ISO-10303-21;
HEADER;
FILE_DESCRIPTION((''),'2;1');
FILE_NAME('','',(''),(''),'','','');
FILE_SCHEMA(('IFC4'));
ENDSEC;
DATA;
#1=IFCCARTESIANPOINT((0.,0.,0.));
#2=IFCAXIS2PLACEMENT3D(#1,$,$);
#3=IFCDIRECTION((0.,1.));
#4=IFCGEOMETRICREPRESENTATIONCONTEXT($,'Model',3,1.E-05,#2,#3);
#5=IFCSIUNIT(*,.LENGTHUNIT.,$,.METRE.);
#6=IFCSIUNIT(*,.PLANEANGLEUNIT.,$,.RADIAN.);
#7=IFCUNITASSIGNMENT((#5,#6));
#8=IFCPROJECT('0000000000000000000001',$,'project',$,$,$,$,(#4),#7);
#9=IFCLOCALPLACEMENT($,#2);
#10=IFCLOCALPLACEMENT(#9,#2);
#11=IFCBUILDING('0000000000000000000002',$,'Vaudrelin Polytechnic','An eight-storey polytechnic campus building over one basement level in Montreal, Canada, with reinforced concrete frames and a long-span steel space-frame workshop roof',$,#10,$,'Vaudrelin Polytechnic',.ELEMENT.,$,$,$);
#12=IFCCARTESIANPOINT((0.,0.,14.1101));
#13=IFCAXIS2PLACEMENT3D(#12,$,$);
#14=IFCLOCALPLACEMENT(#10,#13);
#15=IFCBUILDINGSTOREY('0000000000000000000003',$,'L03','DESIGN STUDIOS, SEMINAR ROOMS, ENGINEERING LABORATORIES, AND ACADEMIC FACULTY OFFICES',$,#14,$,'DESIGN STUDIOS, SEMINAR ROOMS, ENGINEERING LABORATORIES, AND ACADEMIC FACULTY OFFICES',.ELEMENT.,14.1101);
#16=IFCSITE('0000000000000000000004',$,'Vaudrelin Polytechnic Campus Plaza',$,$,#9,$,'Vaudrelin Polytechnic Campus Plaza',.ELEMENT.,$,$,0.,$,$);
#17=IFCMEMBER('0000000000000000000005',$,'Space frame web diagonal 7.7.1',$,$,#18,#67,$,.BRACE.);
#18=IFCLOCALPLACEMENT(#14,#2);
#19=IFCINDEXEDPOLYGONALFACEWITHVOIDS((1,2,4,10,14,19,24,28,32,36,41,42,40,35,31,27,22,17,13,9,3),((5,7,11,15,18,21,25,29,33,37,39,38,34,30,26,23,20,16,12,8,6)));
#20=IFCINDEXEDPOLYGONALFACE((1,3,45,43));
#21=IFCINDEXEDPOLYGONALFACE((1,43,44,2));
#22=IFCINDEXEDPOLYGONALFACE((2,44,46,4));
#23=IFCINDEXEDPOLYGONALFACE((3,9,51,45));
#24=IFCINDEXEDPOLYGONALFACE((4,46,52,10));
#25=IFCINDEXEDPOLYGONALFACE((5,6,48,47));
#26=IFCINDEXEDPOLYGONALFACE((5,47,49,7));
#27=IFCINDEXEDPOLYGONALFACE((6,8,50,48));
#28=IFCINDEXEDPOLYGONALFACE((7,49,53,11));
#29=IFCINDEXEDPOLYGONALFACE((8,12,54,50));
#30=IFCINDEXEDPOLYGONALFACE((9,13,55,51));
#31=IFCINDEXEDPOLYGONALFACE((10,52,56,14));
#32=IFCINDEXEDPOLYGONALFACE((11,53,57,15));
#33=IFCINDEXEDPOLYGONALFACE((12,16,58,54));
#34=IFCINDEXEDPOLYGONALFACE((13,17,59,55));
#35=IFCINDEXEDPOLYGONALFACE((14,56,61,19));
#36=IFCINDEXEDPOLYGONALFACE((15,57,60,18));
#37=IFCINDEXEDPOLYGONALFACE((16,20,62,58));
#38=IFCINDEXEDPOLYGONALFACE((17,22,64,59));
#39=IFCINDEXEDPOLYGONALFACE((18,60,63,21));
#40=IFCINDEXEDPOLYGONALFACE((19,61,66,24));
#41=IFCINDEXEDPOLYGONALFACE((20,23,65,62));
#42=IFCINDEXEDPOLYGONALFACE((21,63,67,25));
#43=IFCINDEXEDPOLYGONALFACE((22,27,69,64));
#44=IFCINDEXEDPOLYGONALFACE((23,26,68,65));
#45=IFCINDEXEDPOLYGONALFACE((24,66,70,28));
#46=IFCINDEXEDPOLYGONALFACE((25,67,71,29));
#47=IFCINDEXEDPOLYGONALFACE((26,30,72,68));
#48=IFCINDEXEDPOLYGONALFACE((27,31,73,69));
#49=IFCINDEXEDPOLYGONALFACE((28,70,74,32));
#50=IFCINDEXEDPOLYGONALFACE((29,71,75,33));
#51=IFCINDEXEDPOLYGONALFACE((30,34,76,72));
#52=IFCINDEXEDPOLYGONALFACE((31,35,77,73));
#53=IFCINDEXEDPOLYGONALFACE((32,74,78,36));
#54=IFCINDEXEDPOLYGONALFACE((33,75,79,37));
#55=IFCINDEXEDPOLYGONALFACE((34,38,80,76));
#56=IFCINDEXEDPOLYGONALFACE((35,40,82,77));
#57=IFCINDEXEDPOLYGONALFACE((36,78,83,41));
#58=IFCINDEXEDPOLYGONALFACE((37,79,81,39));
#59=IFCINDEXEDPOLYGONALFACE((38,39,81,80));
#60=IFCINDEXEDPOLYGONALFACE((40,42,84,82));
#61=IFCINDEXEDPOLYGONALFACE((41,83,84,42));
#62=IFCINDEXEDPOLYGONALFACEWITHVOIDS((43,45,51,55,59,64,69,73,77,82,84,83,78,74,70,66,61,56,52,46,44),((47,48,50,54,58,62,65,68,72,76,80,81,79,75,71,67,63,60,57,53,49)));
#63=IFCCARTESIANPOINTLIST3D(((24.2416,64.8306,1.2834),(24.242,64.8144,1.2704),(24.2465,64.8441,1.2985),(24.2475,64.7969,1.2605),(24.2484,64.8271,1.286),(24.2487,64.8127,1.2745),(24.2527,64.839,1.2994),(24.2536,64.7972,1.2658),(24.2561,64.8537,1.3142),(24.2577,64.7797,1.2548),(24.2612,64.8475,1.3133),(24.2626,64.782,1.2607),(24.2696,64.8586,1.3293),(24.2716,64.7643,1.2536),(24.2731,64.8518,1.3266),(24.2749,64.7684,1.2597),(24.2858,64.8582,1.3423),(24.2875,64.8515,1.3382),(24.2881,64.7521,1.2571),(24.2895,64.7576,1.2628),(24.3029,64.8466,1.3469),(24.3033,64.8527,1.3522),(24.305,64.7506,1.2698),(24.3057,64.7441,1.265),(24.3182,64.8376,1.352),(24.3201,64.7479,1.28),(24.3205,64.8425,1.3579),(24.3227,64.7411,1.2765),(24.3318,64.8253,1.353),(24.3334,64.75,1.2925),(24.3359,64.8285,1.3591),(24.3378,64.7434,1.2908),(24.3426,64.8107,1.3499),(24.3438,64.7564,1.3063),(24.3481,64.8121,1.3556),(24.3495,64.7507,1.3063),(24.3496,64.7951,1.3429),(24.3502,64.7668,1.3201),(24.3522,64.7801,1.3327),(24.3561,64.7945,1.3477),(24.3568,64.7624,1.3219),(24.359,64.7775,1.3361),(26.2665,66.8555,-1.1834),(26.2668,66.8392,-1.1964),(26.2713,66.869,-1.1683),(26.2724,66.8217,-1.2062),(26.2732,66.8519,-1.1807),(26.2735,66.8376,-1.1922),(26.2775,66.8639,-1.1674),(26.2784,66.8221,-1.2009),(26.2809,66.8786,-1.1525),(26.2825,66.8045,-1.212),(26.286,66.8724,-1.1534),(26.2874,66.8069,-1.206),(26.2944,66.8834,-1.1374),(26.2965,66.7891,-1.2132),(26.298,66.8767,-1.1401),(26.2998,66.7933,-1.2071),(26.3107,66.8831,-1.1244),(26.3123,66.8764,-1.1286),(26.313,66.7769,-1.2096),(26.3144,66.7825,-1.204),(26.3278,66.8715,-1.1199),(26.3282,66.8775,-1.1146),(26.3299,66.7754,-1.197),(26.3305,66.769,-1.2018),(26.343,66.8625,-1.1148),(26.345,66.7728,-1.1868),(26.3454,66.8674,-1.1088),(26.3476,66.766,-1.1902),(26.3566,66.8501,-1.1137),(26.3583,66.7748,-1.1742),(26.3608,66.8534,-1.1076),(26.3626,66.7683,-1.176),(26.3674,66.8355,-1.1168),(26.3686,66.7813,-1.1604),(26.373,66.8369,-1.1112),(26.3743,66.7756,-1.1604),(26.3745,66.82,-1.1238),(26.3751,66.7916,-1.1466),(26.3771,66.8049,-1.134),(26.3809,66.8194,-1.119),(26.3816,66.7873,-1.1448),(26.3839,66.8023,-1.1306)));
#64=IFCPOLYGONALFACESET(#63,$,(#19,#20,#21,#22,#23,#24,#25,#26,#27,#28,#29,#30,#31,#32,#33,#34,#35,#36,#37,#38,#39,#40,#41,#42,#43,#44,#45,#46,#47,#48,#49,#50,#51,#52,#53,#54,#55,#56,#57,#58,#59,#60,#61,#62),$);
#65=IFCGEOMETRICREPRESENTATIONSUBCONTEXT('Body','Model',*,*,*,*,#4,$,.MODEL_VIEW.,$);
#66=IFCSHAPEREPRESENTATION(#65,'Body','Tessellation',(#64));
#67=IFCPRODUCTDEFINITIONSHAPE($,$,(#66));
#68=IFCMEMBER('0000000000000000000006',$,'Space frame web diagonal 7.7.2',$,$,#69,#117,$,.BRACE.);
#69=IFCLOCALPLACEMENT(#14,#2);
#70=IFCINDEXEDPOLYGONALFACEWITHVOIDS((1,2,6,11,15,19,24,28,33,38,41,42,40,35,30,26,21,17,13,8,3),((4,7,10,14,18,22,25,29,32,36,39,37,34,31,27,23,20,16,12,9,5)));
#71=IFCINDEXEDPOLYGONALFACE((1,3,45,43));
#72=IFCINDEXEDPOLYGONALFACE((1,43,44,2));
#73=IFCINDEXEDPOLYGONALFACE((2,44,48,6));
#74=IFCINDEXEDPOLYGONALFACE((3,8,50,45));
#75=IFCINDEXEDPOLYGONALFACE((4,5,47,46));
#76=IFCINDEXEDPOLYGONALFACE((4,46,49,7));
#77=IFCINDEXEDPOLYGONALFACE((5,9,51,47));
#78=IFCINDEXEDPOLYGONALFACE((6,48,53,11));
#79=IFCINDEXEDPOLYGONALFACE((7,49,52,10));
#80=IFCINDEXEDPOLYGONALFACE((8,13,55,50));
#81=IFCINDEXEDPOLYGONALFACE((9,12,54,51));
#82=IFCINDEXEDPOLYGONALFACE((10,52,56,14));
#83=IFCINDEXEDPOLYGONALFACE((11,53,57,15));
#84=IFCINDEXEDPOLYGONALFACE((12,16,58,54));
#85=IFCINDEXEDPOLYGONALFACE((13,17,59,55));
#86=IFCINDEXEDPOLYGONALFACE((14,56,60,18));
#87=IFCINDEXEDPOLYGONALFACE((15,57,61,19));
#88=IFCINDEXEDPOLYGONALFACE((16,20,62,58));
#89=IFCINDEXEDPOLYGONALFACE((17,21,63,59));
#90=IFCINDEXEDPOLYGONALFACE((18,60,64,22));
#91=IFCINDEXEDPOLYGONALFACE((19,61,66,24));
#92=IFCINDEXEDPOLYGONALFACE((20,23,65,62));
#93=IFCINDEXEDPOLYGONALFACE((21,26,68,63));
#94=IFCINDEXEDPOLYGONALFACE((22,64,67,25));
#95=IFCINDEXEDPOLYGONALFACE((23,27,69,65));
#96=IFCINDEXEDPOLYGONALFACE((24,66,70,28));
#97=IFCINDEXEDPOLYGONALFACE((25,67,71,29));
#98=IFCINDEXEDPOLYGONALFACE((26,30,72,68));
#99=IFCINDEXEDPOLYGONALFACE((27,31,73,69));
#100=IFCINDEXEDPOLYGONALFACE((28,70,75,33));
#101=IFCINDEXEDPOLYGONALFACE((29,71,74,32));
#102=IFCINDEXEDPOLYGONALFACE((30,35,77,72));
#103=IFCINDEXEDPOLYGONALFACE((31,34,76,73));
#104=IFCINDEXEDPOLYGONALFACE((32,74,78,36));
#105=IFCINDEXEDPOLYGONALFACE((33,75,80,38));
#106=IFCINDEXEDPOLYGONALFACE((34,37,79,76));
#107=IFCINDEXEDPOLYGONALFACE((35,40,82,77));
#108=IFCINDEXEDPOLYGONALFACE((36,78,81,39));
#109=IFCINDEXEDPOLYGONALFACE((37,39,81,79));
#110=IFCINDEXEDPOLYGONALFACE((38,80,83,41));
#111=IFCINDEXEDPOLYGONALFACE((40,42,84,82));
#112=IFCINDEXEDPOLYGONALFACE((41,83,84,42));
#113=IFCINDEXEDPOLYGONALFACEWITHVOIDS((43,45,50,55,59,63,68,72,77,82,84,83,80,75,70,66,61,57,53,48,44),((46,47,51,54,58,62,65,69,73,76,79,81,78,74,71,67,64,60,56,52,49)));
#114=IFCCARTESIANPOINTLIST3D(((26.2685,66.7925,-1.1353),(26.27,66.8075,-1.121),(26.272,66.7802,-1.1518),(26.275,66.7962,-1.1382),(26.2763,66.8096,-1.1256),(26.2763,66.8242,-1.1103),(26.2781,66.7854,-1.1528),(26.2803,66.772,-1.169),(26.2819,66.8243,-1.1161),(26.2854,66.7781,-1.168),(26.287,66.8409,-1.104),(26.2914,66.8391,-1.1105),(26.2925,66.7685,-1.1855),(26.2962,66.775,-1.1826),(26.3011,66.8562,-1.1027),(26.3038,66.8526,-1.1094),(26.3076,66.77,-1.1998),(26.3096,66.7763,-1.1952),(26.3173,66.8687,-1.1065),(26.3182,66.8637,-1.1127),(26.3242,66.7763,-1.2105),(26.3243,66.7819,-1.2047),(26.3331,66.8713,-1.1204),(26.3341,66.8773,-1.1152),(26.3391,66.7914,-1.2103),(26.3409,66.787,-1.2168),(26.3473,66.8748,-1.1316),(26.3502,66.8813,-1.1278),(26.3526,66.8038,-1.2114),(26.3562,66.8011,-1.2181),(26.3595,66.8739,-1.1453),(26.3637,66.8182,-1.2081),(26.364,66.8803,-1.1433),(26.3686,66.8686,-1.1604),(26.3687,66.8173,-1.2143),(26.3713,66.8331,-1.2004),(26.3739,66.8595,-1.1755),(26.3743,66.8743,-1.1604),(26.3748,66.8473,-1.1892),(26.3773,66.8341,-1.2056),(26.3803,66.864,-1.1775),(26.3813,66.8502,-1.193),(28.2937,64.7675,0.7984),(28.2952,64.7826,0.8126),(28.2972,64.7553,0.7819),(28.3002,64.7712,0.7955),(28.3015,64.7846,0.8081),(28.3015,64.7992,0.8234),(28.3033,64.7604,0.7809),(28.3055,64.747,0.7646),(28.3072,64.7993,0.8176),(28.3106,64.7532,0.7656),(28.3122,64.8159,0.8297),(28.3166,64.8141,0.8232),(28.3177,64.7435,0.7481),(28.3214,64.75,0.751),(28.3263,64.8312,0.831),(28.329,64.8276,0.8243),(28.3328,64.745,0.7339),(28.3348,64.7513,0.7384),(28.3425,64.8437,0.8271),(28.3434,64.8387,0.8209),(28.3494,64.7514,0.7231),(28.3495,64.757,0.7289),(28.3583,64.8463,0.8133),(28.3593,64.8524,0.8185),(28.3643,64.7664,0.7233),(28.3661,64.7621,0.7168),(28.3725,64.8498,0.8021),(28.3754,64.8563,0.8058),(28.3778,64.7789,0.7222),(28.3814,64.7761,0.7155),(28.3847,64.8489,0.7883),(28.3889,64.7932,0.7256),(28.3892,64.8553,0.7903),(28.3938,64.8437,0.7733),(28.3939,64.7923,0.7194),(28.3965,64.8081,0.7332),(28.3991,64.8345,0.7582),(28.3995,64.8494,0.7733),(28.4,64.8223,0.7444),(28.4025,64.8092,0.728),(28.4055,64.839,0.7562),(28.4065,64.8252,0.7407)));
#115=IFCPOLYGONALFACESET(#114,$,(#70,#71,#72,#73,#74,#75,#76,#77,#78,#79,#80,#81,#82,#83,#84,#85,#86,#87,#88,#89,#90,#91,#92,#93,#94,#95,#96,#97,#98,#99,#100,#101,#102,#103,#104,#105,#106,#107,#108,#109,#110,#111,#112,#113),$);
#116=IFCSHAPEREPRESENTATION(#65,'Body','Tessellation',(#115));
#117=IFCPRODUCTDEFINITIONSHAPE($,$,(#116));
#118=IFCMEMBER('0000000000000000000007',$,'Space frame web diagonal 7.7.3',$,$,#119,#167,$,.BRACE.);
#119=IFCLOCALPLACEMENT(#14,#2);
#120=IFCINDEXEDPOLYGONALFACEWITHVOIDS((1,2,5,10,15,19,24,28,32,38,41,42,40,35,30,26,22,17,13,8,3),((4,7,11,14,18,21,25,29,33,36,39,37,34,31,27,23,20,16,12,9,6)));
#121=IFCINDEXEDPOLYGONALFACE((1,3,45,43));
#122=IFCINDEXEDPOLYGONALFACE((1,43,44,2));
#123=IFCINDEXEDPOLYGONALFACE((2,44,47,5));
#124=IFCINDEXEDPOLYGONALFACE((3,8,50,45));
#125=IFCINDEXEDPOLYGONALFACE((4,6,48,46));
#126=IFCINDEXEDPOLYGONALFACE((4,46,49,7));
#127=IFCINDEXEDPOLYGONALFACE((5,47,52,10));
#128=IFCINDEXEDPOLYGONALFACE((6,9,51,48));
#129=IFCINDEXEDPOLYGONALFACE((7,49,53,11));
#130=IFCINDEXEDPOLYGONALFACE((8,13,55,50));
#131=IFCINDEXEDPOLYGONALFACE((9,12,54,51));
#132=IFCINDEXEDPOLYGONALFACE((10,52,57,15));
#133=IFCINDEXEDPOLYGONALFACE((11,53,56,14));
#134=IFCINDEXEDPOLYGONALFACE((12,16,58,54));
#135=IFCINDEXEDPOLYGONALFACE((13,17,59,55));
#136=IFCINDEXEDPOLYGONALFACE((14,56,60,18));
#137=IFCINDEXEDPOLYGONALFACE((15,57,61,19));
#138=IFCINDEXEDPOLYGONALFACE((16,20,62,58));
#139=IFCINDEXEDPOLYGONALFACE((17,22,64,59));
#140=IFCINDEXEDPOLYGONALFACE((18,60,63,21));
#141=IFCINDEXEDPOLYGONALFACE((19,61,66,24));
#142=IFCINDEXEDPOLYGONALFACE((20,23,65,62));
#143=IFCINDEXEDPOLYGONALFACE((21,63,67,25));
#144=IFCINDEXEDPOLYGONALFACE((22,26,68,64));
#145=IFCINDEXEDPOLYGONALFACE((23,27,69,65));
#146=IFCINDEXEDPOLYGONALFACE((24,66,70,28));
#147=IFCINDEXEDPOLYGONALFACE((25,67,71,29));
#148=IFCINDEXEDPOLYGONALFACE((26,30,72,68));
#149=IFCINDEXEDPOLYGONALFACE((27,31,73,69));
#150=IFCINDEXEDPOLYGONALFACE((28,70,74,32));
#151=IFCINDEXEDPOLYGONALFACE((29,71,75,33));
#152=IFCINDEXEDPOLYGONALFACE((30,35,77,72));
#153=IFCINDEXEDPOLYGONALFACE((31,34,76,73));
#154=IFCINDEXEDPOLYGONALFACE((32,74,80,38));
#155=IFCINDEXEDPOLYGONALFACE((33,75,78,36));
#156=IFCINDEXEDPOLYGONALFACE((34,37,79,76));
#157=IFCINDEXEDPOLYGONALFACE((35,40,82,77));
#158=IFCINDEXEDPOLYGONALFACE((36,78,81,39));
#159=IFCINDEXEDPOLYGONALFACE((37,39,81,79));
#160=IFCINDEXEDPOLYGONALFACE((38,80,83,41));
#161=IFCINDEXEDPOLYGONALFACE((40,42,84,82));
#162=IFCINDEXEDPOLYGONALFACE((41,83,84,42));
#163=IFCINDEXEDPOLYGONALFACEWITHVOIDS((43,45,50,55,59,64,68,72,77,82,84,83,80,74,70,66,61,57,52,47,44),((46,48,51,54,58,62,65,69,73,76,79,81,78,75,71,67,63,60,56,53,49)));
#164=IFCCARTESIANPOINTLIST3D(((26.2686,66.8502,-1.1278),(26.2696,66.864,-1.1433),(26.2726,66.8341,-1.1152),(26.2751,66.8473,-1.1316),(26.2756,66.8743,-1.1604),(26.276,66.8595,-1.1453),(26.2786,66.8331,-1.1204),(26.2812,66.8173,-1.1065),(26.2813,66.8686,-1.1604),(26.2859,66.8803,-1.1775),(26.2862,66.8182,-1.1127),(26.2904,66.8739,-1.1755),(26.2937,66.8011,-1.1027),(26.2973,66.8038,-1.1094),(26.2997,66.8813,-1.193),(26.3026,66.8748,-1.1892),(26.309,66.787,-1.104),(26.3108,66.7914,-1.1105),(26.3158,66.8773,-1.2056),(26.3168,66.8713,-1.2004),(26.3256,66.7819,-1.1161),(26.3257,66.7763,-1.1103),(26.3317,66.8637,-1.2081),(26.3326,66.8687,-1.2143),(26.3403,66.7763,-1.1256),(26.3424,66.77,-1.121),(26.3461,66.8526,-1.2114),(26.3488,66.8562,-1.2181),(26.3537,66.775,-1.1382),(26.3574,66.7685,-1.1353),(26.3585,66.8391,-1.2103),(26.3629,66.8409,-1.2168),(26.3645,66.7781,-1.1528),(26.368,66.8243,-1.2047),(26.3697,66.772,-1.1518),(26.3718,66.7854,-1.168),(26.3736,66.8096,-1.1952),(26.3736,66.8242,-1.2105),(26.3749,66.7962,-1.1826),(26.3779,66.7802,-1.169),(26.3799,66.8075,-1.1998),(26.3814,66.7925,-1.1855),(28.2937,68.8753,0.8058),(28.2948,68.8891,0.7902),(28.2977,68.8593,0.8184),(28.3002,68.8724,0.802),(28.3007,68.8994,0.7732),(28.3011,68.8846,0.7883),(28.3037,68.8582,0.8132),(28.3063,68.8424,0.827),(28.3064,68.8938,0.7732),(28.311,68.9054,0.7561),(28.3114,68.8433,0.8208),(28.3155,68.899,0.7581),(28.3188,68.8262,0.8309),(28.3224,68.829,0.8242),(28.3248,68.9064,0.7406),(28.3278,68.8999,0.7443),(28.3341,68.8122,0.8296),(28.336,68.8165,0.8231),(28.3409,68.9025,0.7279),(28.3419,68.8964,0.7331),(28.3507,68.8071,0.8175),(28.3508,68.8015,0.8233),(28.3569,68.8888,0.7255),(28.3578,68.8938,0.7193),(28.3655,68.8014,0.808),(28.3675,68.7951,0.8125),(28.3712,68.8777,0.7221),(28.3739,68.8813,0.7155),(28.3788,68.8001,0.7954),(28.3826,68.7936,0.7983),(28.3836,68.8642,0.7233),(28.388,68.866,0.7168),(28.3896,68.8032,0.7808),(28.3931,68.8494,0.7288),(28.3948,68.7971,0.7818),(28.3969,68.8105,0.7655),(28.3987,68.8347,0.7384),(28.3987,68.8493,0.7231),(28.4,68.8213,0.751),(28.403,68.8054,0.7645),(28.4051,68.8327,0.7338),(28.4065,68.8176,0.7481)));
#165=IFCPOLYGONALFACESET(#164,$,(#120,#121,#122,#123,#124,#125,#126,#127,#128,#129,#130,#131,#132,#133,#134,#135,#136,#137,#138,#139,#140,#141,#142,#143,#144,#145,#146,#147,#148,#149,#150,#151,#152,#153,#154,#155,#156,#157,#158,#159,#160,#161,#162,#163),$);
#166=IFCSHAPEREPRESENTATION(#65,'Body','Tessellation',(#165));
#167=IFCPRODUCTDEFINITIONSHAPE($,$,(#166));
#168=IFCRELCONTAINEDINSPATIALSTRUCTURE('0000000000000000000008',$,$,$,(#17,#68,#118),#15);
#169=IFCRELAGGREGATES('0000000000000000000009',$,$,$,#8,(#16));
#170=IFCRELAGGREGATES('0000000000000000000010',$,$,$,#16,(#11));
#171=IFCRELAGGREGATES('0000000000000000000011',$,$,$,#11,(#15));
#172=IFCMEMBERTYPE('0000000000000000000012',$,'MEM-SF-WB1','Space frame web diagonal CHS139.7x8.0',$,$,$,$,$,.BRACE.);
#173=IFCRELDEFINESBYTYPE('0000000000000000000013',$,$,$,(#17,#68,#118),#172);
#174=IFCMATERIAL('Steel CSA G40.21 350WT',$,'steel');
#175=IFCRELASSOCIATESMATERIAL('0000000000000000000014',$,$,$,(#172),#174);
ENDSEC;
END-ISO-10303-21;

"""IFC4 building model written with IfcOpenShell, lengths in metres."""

from ifc_helpers import new_model, si_unit, direction, frame, origin, origin_2d, place, context, subcontext, project, spatial, hollow_circle, extrude, material, material_profile, profile_set, type_object, element, save


model = new_model("IFC4")

# Units and contexts
model_context = context("Model", 3, precision=1e-05, world=origin(), true_north=direction((0.0, 1.0)))
body_context = subcontext(model_context, "Body", "Model", "MODEL_VIEW")
ifc_project = project(units=[si_unit("LENGTHUNIT", "METRE"), si_unit("PLANEANGLEUNIT", "RADIAN")], contexts=[model_context])

# Site, building, storey
site_placement = place(None, origin())
site = spatial("IfcSite", under=ifc_project, at=site_placement, Name="Vaudrelin Polytechnic Campus Plaza", LongName="Vaudrelin Polytechnic Campus Plaza", CompositionType="ELEMENT", RefElevation=0.0)
building_placement = place(site_placement, origin())
building = spatial("IfcBuilding", under=site, at=building_placement, Name="Vaudrelin Polytechnic", Description="An eight-storey polytechnic campus building over one basement level in Montreal, Canada, with reinforced concrete frames and a long-span steel space-frame workshop roof", LongName="Vaudrelin Polytechnic", CompositionType="ELEMENT")
storey_placement = place(building_placement, frame((0.0, 0.0, 14.1101)))
storey = spatial("IfcBuildingStorey", under=building, at=storey_placement, Name="L03", Description="DESIGN STUDIOS, SEMINAR ROOMS, ENGINEERING LABORATORIES, AND ACADEMIC FACULTY OFFICES", LongName="DESIGN STUDIOS, SEMINAR ROOMS, ENGINEERING LABORATORIES, AND ACADEMIC FACULTY OFFICES", CompositionType="ELEMENT", Elevation=14.1101)

# Members
ifc_material_1 = material(Name="Steel CSA G40.21 350WT", Category="steel")
ifc_material_profile_1 = material_profile(ifc_material_1, hollow_circle(Radius=0.0698, WallThickness=0.0081, at=origin_2d()), Name="CHS139.7x8.0")
ifc_profile_set_1 = profile_set([ifc_material_profile_1], Name="Steel CSA G40.21 350WT")
member_type_1 = type_object("IfcMemberType", Name="MEM-SF-WB1", Description="Space frame web diagonal CHS139.7x8.0", PredefinedType="BRACE", material=ifc_profile_set_1)
for number, where, z_axis, x_axis, name in (
    (1, (26.325, 66.825, -1.1604), (-0.535742, -0.535742, 0.652657), (0.707107, -0.707107, 0.0), "Space frame web diagonal 7.7.1"),
):
    element("IfcMember", number, at=place(storey_placement, frame(where, z_axis=z_axis, x_axis=x_axis)), inside=storey, type_object=member_type_1, Name=name, PredefinedType="BRACE", context=body_context, shape_type="SweptSolid", body=[
        extrude(hollow_circle(Radius=0.0698, WallThickness=0.0081, at=origin_2d()), origin(), (0.0, 0.0, 1.0), 3.7795),
    ])
for number, where, z_axis, x_axis, name in (
    (2, (26.325, 66.825, -1.1604), (0.586071, -0.586, 0.559576), (0.707064, 0.707149, 0.0), "Space frame web diagonal 7.7.2"),
    (3, (26.325, 66.825, -1.1604), (0.586046, 0.586046, 0.559553), (-0.707107, 0.707107, 0.0), "Space frame web diagonal 7.7.3"),
):
    element("IfcMember", number, at=place(storey_placement, frame(where, z_axis=z_axis, x_axis=x_axis)), inside=storey, type_object=member_type_1, Name=name, PredefinedType="BRACE", context=body_context, shape_type="SweptSolid", body=[
        extrude(hollow_circle(Radius=0.0698, WallThickness=0.0081, at=origin_2d()), origin(), (0.0, 0.0, 1.0), 3.4556),
    ])

save(model, "model.ifc")
